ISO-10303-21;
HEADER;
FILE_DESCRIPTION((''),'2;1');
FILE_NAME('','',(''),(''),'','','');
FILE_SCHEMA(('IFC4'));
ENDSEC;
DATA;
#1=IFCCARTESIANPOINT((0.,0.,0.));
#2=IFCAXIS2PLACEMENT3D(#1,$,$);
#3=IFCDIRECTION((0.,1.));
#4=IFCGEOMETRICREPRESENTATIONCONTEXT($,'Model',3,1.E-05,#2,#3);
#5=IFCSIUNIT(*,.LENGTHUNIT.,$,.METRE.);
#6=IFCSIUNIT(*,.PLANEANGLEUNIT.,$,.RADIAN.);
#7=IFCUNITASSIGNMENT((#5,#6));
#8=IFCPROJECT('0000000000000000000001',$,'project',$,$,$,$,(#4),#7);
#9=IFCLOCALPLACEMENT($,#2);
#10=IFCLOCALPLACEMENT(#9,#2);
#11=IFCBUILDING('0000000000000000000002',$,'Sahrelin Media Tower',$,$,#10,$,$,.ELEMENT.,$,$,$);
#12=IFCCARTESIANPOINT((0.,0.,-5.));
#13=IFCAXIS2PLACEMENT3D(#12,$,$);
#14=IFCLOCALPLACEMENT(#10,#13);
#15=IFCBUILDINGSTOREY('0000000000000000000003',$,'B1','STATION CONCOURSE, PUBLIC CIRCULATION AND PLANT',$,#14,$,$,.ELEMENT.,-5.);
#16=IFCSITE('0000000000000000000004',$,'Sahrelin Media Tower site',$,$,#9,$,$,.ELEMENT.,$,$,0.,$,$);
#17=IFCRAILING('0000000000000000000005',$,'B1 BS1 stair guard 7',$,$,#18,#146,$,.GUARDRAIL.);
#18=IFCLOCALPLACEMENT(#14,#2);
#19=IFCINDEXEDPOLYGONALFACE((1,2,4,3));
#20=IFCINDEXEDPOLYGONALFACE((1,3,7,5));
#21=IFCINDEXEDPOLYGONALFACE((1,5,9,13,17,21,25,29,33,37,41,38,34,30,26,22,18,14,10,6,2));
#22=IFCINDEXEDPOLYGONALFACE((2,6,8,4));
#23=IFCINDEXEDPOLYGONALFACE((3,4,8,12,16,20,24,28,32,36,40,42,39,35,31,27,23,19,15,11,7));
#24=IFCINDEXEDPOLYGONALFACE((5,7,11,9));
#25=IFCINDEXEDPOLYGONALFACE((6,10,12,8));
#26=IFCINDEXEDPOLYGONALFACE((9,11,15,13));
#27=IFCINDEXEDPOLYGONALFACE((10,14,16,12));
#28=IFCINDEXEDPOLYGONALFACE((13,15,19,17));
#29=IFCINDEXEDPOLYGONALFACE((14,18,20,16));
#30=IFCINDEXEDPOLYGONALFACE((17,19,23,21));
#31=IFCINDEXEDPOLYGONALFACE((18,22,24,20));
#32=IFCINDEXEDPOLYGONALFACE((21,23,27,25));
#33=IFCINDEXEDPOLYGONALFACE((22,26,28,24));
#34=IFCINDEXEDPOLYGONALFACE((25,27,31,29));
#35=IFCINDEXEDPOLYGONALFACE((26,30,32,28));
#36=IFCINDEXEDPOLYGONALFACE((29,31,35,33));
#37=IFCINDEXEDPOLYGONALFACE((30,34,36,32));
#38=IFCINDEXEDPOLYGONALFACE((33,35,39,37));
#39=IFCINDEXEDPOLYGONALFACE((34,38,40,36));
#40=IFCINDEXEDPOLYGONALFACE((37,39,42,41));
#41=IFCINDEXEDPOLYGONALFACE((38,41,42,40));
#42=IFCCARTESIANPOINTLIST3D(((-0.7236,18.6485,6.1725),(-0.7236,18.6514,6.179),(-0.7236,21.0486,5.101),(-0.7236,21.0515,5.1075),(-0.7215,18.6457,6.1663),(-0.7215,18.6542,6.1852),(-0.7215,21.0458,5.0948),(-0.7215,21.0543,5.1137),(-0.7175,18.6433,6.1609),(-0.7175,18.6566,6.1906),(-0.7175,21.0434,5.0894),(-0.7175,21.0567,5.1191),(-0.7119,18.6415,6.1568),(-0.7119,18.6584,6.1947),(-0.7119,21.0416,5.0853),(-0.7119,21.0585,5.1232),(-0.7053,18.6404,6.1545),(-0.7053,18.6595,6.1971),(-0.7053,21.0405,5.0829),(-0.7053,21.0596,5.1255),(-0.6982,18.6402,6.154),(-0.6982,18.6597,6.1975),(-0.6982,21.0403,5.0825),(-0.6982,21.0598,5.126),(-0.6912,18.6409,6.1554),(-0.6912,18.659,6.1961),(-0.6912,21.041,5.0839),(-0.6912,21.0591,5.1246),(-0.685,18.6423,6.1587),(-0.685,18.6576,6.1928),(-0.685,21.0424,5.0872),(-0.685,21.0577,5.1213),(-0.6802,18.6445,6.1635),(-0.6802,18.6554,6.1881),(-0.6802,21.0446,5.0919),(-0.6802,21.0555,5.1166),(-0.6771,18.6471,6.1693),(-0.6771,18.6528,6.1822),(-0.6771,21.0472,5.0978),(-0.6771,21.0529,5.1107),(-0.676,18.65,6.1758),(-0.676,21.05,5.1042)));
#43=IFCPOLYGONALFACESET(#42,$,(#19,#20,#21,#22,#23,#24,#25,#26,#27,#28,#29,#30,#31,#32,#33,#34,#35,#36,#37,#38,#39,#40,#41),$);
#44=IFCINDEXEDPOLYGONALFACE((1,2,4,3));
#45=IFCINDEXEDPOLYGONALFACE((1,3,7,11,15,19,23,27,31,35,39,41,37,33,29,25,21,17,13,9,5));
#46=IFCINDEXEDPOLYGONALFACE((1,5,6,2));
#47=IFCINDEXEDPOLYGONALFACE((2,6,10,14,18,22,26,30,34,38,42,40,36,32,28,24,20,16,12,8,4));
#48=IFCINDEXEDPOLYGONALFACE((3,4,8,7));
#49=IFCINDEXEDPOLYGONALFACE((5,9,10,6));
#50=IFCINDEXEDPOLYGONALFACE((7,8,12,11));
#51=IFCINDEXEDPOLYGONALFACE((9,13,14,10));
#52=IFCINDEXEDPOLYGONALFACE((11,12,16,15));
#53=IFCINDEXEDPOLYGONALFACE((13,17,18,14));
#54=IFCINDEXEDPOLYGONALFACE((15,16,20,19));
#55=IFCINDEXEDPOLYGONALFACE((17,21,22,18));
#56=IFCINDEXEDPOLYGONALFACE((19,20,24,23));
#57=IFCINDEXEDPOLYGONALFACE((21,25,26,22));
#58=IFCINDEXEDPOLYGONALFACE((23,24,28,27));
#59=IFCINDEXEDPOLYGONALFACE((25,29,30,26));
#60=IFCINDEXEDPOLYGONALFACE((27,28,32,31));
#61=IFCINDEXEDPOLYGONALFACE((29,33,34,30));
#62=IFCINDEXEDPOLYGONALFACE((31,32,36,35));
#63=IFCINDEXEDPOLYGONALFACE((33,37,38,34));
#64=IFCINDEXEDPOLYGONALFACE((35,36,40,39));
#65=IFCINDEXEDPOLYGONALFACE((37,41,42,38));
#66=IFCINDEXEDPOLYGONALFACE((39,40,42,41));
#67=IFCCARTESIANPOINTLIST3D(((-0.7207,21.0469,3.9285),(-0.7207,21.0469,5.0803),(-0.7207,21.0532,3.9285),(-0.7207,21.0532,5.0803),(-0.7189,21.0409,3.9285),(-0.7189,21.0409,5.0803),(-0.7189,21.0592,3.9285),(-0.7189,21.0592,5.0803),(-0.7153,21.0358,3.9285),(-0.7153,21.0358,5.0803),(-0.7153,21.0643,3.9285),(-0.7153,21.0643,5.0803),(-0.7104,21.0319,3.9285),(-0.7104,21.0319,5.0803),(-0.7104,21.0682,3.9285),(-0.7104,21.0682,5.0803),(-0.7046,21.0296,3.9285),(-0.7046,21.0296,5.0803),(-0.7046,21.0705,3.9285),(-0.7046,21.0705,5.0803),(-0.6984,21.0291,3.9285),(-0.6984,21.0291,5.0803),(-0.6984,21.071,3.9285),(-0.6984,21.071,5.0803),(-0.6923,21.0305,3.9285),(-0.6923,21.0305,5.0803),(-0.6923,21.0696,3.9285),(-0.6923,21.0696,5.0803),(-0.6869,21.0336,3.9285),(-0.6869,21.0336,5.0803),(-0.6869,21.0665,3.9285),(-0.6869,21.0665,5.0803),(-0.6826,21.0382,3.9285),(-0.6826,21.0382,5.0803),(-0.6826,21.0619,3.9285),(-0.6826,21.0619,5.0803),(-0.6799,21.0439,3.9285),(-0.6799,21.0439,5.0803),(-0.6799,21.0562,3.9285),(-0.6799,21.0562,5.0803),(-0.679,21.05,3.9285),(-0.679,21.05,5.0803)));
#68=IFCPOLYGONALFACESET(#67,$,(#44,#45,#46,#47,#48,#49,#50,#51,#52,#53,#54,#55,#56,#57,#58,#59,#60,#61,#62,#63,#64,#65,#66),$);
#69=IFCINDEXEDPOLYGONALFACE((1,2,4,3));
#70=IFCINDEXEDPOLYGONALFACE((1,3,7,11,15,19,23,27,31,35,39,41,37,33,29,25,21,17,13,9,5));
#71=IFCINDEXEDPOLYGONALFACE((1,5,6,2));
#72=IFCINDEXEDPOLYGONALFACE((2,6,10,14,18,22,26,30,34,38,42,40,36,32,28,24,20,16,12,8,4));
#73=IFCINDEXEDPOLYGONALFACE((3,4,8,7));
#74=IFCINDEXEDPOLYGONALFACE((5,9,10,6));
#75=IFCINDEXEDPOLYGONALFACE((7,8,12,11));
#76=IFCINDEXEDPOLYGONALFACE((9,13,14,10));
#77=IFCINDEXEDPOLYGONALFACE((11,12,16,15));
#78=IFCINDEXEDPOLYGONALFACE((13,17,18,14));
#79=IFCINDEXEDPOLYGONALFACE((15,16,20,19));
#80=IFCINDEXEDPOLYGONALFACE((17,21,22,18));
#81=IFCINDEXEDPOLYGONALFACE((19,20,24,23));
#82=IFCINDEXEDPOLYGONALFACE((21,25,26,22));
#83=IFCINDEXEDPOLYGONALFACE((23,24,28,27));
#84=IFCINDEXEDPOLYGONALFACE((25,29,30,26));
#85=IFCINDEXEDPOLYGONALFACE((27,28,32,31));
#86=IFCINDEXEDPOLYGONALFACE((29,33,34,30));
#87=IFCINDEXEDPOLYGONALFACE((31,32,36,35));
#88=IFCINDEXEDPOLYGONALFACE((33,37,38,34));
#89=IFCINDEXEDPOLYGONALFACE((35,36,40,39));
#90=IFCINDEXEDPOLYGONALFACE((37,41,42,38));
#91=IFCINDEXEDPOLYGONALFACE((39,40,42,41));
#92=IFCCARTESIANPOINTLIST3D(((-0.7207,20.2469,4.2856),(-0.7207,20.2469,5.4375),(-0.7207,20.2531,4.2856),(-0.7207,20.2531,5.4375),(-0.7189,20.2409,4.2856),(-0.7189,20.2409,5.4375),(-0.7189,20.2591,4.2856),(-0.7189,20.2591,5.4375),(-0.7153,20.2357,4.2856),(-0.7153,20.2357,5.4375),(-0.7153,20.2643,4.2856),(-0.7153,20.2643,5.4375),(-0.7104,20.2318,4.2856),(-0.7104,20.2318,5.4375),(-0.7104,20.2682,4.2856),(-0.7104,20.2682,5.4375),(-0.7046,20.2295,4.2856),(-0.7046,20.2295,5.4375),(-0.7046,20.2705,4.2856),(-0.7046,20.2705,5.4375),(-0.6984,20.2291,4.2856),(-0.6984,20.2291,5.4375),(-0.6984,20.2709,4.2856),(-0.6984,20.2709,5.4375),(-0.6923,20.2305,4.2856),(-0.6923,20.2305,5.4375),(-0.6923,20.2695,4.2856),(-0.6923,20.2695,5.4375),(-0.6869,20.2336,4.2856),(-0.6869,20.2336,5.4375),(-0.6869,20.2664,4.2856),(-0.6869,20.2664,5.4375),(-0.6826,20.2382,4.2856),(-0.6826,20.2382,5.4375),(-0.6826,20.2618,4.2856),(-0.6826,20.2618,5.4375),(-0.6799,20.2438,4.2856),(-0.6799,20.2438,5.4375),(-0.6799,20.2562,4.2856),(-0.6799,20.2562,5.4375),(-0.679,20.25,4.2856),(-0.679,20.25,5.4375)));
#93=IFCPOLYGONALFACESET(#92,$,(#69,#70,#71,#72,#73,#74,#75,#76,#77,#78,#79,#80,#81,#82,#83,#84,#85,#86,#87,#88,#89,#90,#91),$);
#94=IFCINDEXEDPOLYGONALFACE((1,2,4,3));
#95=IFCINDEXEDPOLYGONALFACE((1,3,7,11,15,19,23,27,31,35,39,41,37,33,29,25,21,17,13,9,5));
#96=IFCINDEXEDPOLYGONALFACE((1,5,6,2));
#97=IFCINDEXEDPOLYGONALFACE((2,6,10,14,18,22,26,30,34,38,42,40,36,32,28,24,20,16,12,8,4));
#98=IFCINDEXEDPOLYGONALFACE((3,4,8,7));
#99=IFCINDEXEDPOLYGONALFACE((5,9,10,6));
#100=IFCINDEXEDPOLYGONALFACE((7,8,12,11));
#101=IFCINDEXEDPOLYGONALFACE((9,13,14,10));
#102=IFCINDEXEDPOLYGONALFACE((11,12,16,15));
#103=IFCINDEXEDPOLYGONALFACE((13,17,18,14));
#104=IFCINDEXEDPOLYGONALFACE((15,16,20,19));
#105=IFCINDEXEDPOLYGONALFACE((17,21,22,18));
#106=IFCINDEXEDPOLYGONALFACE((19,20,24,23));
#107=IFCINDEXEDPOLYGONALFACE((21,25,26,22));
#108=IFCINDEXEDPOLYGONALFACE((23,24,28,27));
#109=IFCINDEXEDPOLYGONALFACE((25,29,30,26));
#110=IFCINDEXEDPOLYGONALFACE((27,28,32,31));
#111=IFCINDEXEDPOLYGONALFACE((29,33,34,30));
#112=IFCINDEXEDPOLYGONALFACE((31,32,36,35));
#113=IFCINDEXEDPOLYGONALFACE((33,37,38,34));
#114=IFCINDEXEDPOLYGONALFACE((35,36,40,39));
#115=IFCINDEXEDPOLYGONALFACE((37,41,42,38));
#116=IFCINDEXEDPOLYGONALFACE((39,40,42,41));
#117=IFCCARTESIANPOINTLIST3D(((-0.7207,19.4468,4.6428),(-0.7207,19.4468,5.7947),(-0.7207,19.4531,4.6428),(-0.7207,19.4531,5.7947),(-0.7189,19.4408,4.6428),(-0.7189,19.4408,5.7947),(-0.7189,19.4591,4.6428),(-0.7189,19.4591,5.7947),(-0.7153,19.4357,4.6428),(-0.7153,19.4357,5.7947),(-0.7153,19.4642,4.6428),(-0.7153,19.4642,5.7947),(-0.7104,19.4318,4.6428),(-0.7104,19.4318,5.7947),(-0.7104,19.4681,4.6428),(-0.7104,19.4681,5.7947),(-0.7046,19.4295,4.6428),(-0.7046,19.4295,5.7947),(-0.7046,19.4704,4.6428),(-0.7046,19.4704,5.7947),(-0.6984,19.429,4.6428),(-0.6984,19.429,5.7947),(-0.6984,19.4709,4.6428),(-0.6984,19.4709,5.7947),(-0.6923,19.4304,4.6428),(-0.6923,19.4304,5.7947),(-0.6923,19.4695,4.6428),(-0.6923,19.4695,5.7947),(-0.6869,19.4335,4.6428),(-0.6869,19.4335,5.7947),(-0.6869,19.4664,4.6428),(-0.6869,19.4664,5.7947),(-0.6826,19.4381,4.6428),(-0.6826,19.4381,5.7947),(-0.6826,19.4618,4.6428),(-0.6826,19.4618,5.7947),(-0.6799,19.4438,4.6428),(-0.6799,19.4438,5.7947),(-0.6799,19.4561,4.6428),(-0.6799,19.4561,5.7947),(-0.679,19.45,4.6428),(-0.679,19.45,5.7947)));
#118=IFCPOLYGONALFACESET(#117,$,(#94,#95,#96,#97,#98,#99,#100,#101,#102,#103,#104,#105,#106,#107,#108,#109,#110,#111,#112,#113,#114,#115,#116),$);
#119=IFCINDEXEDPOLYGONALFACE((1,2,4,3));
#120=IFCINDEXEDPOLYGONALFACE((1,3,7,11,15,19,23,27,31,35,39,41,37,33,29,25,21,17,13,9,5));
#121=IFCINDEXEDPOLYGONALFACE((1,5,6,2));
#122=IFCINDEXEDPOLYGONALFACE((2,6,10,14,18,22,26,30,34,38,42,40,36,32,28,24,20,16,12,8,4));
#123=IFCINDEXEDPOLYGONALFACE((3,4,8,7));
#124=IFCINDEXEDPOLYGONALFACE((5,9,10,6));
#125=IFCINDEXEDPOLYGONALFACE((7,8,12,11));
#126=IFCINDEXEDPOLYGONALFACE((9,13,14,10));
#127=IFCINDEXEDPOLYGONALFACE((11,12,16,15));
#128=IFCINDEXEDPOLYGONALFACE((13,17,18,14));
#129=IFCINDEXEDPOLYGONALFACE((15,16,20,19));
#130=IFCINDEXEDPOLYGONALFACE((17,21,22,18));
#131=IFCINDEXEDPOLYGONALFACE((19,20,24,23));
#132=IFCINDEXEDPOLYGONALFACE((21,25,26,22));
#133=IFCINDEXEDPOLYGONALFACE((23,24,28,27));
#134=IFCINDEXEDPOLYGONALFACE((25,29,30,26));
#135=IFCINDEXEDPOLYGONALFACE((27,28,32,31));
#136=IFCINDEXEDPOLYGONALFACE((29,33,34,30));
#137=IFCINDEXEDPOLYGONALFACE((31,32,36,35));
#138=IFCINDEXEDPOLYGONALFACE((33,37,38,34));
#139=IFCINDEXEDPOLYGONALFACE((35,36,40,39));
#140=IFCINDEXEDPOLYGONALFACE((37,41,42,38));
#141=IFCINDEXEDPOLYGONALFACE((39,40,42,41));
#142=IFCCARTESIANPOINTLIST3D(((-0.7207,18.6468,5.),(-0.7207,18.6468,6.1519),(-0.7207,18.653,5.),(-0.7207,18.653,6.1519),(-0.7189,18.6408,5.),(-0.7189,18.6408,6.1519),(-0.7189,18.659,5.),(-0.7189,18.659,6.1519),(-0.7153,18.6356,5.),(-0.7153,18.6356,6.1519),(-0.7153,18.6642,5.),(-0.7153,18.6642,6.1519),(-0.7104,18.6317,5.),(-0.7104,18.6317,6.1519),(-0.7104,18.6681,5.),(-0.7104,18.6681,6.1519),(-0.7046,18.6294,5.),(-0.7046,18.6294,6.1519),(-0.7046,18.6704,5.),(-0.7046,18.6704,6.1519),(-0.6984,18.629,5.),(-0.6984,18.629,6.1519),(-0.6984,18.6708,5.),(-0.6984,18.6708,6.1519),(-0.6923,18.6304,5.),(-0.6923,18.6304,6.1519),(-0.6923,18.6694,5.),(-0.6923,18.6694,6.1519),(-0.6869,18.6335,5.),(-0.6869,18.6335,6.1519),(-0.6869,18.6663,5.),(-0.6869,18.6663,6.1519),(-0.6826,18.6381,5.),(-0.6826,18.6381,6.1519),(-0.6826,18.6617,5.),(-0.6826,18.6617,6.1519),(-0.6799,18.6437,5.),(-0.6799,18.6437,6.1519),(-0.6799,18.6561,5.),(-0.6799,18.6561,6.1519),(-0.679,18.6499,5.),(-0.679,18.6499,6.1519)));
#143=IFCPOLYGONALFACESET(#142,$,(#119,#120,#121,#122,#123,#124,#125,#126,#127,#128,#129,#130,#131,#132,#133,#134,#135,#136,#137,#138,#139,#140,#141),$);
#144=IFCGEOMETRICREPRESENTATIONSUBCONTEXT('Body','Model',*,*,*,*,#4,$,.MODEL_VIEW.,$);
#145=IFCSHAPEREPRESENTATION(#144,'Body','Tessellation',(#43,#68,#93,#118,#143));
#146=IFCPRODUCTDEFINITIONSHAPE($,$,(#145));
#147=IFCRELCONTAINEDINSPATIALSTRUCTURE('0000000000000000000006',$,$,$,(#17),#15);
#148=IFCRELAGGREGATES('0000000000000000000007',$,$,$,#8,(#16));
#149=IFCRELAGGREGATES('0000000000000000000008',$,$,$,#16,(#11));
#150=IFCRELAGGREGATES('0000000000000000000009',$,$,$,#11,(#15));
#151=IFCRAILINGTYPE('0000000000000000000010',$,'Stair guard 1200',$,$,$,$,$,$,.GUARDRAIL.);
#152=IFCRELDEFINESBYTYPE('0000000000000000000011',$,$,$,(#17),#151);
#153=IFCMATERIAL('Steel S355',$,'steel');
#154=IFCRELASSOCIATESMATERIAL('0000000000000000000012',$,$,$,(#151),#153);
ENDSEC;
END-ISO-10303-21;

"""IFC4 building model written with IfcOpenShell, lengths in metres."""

from ifc_helpers import new_model, si_unit, direction, frame, origin, origin_2d, place, context, subcontext, project, spatial, circle, extrude, material, type_object, element, save


model = new_model("IFC4")

# Units and contexts
model_context = context("Model", 3, precision=1e-05, world=origin(), true_north=direction((0.0, 1.0)))
body_context = subcontext(model_context, "Body", "Model", "MODEL_VIEW")
ifc_project = project(units=[si_unit("LENGTHUNIT", "METRE"), si_unit("PLANEANGLEUNIT", "RADIAN")], contexts=[model_context])

# Site, building, storey
site_placement = place(None, origin())
site = spatial("IfcSite", under=ifc_project, at=site_placement, Name="Sahrelin Media Tower site", CompositionType="ELEMENT", RefElevation=0.0)
building_placement = place(site_placement, origin())
building = spatial("IfcBuilding", under=site, at=building_placement, Name="Sahrelin Media Tower", CompositionType="ELEMENT")
storey_placement = place(building_placement, frame((0.0, 0.0, -5.0)))
storey = spatial("IfcBuildingStorey", under=building, at=storey_placement, Name="B1", Description="STATION CONCOURSE, PUBLIC CIRCULATION AND PLANT", CompositionType="ELEMENT", Elevation=-5.0)

# Railing
ifc_material_1 = material(Name="Steel S355", Category="steel")
railing_type_1 = type_object("IfcRailingType", Name="Stair guard 1200", PredefinedType="GUARDRAIL", material=ifc_material_1)
for number, where, name in (
    (1, (-0.7, 21.05, 3.9285), "B1 BS1 stair guard 7"),
):
    element("IfcRailing", number, at=place(storey_placement, frame(where)), inside=storey, type_object=railing_type_1, Name=name, PredefinedType="GUARDRAIL", context=body_context, shape_type="SweptSolid", body=[
        extrude(circle(Radius=0.0239, at=origin_2d()), frame((0.0, 0.0, 1.1758), z_axis=(0.0, -0.913132, 0.407663), x_axis=(1.0, 0.0, 0.0)), (0.0, 0.0, 1.0), 2.6284),
        extrude(circle(Radius=0.021, at=origin_2d()), origin(), (0.0, 0.0, 1.0), 1.1519),
        extrude(circle(Radius=0.021, at=origin_2d()), frame((0.0, -0.8, 0.3572)), (0.0, 0.0, 1.0), 1.1519),
        extrude(circle(Radius=0.021, at=origin_2d()), frame((0.0, -1.6001, 0.7144)), (0.0, 0.0, 1.0), 1.1519),
        extrude(circle(Radius=0.021, at=origin_2d()), frame((0.0, -2.4001, 1.0715)), (0.0, 0.0, 1.0), 1.1519),
    ])

save(model, "model.ifc")
